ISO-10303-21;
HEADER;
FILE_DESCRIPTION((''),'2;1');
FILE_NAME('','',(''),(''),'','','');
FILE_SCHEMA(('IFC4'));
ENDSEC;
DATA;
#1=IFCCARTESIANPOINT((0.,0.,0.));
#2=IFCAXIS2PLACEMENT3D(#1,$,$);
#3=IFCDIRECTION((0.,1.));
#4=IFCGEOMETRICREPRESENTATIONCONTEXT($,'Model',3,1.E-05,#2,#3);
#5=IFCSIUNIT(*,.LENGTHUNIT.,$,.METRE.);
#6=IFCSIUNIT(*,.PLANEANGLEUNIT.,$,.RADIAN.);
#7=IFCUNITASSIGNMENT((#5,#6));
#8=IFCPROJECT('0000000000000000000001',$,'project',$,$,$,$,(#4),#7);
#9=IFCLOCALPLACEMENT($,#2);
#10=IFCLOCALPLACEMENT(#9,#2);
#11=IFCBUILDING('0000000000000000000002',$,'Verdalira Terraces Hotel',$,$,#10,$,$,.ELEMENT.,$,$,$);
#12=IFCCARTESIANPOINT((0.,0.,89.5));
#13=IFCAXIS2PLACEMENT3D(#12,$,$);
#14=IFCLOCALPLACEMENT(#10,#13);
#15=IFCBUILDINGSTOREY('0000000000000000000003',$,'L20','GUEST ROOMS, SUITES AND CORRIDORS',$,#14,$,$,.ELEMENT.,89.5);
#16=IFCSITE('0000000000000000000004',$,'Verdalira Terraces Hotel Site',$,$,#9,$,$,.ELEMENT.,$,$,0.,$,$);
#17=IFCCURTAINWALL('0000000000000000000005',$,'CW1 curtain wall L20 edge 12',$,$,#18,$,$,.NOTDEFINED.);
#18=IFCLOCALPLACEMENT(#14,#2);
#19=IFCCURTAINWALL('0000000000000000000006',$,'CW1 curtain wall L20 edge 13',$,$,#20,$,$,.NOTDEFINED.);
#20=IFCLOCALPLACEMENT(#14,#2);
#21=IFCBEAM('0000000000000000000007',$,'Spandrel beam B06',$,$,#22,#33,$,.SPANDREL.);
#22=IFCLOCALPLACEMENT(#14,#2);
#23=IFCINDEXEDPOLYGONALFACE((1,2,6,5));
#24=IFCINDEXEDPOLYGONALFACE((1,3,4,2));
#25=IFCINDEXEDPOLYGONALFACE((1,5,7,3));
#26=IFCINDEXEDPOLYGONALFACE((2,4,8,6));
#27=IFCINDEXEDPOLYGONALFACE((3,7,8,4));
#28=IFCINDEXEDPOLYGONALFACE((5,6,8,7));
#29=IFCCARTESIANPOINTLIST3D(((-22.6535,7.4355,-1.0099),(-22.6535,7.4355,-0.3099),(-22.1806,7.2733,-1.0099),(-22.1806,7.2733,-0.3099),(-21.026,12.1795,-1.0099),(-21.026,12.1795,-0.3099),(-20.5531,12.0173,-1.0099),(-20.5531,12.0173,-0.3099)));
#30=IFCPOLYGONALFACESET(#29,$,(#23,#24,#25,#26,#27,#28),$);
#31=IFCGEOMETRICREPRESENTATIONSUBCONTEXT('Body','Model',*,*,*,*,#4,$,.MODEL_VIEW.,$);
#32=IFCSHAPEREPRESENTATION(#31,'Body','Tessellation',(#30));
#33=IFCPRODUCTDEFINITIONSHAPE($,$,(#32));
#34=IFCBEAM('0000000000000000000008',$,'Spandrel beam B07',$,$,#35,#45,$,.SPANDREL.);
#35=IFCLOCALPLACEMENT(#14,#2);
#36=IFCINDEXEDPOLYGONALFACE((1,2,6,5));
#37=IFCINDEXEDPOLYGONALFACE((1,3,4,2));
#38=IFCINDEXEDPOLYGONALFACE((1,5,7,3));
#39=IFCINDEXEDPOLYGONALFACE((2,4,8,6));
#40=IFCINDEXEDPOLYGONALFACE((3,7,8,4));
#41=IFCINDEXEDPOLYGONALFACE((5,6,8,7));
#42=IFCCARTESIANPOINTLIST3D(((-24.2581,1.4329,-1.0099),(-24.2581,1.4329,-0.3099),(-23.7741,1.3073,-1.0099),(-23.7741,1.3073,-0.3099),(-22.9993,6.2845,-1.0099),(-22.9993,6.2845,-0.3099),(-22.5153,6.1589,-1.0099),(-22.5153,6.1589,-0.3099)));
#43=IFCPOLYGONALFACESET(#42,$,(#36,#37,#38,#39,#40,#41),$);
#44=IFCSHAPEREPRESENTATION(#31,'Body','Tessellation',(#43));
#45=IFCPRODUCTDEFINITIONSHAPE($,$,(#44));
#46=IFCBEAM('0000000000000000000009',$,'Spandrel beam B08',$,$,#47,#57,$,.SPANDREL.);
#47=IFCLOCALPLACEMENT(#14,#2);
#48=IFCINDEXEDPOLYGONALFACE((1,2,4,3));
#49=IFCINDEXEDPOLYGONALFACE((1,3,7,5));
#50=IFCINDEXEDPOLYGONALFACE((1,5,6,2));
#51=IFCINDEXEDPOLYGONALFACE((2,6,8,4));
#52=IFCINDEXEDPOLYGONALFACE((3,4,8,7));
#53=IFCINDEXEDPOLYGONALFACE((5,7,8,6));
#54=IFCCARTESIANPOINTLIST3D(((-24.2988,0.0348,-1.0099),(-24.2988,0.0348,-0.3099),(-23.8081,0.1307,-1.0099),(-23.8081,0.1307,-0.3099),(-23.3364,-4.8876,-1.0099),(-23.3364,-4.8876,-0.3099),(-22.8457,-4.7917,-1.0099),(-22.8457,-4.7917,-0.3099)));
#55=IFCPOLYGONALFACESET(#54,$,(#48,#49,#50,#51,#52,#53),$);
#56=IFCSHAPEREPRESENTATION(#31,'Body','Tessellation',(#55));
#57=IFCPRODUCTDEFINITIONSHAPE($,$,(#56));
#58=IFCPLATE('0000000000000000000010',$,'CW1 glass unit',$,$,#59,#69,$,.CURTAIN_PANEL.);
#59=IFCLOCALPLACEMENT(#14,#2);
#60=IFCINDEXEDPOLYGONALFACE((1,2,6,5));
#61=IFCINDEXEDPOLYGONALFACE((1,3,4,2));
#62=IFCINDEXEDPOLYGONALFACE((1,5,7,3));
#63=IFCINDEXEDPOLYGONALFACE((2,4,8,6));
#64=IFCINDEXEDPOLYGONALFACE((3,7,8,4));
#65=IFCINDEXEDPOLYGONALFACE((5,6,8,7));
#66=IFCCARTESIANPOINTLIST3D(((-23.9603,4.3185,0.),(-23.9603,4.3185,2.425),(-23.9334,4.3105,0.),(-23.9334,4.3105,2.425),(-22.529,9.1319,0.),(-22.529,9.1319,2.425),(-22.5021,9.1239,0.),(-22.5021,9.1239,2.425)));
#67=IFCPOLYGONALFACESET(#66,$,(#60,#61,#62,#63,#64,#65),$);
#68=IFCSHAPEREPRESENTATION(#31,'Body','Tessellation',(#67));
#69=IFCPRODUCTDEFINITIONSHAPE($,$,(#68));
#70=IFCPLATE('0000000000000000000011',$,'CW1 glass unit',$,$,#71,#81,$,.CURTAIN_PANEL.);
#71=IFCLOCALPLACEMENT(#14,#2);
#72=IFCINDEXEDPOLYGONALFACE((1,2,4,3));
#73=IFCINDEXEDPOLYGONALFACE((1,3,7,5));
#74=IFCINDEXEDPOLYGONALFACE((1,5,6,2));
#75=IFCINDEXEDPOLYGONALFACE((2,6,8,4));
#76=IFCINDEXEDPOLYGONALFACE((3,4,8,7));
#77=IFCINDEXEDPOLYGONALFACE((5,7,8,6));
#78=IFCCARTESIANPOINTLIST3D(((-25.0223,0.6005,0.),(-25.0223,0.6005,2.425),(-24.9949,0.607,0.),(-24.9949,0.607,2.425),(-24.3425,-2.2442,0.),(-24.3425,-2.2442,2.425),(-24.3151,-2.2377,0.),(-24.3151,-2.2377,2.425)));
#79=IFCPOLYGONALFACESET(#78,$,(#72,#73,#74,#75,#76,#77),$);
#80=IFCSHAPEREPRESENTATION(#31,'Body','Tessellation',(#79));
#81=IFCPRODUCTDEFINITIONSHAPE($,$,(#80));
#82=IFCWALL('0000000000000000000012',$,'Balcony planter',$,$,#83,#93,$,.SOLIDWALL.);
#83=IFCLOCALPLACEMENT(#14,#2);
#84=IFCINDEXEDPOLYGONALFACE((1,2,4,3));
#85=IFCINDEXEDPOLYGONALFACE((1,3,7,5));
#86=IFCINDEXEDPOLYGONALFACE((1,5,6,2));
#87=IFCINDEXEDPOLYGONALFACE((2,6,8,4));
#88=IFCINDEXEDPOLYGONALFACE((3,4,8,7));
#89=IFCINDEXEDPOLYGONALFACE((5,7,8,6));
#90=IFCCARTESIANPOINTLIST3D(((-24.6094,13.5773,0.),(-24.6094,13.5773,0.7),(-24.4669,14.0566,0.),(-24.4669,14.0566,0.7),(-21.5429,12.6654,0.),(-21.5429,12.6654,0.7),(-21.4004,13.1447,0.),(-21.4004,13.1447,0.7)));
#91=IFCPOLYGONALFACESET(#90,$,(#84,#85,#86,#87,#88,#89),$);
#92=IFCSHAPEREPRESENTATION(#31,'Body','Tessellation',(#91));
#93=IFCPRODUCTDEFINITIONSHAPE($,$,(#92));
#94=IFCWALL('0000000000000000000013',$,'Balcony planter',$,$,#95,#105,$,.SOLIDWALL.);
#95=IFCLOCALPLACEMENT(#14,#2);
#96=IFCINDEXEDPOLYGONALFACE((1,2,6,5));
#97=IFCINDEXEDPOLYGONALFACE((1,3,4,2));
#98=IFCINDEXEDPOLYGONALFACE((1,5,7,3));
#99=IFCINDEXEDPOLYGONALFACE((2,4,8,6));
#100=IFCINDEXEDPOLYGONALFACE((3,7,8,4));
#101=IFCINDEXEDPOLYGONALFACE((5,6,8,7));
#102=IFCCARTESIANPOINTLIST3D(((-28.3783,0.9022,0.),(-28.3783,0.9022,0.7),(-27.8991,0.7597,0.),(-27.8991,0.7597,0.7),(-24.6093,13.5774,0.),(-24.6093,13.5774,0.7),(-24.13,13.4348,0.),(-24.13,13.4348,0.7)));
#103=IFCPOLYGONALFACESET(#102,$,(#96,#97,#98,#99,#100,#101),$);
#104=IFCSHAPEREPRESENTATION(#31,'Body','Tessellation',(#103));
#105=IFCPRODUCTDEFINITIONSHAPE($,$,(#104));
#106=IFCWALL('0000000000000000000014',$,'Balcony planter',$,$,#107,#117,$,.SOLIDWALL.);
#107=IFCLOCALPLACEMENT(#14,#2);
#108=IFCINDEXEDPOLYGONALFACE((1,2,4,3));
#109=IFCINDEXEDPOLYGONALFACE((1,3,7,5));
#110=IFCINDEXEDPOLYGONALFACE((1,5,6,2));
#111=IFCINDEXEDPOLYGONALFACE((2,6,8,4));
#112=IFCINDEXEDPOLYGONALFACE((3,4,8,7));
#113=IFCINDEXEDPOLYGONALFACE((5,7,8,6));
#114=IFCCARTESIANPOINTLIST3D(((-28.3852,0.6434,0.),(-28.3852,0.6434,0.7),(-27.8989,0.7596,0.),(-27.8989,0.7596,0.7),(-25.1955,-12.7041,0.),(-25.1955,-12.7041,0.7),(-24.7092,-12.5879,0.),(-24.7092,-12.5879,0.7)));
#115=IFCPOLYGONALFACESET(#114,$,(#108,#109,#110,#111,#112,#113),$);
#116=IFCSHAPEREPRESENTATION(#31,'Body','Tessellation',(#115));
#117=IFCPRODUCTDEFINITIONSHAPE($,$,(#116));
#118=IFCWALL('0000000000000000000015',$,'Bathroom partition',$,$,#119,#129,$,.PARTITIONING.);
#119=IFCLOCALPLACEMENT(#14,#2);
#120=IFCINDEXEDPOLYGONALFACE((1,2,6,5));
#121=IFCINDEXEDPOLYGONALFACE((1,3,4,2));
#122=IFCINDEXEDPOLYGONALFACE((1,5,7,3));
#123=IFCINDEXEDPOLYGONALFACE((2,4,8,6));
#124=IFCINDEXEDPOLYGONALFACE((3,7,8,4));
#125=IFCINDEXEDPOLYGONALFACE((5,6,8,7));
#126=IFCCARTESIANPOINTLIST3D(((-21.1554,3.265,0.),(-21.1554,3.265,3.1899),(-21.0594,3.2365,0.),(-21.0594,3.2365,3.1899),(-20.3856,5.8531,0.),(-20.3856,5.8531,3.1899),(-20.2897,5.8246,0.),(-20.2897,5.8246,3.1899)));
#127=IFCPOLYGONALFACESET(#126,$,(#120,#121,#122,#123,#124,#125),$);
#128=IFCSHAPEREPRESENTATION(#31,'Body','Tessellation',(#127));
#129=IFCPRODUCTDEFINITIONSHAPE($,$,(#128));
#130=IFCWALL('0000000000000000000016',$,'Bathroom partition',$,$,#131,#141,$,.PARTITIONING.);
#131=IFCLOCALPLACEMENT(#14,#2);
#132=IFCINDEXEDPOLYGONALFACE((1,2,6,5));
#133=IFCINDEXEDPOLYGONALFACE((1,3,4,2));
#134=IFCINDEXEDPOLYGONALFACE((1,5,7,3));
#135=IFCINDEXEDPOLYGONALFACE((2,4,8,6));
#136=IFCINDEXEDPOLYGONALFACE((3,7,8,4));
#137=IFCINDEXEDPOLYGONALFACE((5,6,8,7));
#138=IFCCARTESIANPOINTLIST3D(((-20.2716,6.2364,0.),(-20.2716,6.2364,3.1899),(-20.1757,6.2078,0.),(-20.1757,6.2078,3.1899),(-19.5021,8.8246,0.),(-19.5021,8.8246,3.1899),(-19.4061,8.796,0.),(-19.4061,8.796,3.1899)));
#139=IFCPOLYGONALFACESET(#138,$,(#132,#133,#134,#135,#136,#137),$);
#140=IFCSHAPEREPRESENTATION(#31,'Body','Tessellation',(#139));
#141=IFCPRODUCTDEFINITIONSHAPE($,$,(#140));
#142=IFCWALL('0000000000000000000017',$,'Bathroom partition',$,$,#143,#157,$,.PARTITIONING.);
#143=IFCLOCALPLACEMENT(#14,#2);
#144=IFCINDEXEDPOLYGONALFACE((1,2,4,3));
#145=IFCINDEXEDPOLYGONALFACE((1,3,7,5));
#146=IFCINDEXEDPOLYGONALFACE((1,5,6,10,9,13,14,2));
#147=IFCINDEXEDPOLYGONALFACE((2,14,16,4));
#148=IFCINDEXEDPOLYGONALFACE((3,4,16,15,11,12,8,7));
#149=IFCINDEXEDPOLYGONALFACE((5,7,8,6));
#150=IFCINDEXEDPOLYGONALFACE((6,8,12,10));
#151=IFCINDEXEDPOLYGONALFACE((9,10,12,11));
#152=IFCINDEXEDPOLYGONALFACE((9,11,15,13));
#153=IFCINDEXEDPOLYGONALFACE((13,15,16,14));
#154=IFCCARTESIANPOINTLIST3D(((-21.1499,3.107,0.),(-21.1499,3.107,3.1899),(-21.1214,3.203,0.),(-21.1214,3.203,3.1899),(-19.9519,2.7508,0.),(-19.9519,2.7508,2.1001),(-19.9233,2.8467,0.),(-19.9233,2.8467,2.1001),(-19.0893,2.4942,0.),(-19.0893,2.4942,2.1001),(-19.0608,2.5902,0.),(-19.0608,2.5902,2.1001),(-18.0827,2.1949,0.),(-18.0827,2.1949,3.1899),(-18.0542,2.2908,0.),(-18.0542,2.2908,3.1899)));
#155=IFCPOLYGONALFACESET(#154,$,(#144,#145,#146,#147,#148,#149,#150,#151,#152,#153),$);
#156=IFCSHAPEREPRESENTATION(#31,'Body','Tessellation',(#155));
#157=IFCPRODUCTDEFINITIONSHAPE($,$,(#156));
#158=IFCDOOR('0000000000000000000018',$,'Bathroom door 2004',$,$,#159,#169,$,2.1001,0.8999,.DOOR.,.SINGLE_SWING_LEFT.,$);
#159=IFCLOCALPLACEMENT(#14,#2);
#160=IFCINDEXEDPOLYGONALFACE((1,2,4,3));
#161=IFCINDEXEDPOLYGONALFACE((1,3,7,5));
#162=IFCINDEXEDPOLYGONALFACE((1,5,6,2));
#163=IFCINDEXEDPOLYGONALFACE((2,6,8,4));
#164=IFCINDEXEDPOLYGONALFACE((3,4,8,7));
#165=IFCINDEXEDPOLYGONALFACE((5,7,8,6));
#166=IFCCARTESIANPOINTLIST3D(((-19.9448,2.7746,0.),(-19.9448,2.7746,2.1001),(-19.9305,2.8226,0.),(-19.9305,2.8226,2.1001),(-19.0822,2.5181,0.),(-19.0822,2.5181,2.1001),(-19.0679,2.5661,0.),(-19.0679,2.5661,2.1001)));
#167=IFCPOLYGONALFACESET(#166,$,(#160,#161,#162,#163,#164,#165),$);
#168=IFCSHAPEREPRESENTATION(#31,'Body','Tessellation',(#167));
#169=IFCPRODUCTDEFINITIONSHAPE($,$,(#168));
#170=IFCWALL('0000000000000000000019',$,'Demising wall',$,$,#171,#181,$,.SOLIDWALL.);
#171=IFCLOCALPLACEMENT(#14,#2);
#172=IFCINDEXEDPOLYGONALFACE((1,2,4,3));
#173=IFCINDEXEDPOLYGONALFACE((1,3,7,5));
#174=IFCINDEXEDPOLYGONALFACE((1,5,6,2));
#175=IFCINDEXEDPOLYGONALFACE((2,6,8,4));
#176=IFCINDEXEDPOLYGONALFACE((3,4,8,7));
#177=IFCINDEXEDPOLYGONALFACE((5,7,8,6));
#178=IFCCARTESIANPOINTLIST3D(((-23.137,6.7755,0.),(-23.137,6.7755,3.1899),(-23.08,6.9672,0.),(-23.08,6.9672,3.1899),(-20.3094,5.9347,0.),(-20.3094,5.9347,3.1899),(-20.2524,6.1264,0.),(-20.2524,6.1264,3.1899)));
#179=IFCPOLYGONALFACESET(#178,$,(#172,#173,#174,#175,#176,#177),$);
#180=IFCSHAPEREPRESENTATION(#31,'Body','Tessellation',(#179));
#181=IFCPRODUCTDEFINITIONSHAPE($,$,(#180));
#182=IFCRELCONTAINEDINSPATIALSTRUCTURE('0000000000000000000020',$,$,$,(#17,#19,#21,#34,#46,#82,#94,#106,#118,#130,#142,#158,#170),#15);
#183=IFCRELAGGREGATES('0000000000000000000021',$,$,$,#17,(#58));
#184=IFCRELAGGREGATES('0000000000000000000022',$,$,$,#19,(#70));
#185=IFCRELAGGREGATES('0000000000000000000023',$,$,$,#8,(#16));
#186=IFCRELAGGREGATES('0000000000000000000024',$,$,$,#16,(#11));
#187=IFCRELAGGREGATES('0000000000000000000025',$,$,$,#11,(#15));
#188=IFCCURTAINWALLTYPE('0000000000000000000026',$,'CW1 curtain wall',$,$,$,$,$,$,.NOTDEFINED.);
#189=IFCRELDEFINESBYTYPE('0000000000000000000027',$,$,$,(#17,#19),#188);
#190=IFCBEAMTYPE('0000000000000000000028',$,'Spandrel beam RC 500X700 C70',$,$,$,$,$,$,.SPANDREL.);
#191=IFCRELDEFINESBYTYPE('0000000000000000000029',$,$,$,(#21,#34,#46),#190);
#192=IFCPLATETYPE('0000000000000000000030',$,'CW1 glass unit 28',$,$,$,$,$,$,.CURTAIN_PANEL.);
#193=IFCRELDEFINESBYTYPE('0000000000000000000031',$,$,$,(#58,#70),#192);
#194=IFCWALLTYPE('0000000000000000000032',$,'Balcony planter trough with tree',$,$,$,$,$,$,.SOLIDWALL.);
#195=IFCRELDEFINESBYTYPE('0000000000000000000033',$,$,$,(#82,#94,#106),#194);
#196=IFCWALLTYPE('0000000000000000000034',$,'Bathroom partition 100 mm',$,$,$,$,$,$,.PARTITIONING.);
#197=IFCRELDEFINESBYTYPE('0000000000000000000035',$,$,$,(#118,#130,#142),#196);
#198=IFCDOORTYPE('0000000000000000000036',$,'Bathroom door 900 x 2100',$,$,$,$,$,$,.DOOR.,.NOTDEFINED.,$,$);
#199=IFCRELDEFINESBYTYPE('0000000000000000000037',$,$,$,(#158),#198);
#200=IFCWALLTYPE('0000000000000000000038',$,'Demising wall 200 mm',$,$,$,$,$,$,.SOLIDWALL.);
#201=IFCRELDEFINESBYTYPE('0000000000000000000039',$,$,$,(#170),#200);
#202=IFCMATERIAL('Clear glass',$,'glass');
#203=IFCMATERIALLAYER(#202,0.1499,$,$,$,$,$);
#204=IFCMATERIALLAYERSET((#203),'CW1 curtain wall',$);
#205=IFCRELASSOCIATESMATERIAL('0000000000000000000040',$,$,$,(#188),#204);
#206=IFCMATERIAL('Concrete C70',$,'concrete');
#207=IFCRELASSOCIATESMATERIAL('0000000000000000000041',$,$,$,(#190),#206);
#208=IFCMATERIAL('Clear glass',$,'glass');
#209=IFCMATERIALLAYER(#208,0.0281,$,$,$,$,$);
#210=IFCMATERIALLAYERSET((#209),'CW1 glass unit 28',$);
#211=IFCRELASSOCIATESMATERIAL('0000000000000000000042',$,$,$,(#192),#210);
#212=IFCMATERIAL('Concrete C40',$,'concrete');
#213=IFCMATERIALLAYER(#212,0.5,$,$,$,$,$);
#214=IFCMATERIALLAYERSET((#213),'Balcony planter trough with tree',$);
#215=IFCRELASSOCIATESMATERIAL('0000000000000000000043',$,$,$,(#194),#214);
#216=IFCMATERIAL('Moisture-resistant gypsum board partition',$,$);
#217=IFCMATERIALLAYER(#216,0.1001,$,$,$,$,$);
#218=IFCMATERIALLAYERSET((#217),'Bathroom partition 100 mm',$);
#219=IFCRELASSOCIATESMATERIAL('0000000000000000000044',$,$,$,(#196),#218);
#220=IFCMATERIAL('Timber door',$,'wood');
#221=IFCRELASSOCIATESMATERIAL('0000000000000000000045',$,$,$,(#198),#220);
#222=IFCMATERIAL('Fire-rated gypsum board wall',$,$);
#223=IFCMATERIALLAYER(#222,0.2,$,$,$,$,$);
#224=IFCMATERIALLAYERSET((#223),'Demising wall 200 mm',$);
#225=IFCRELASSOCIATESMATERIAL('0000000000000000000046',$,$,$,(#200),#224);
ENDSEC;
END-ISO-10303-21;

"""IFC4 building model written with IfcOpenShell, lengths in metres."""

from ifc_helpers import new_model, si_unit, direction, frame, frame_2d, origin, origin_2d, place, context, subcontext, project, spatial, rectangle, extrude, material, layer, layer_set, material_profile, profile_set, type_object, element, fill, aggregate, save


model = new_model("IFC4")

# Units and contexts
model_context = context("Model", 3, precision=1e-05, world=origin(), true_north=direction((0.0, 1.0)))
body_context = subcontext(model_context, "Body", "Model", "MODEL_VIEW")
ifc_project = project(units=[si_unit("LENGTHUNIT", "METRE"), si_unit("PLANEANGLEUNIT", "RADIAN")], contexts=[model_context])

# Site, building, storey
site_placement = place(None, origin())
site = spatial("IfcSite", under=ifc_project, at=site_placement, Name="Verdalira Terraces Hotel Site", CompositionType="ELEMENT", RefElevation=0.0)
building_placement = place(site_placement, origin())
building = spatial("IfcBuilding", under=site, at=building_placement, Name="Verdalira Terraces Hotel", CompositionType="ELEMENT")
storey_placement = place(building_placement, frame((0.0, 0.0, 89.5)))
storey = spatial("IfcBuildingStorey", under=building, at=storey_placement, Name="L20", Description="GUEST ROOMS, SUITES AND CORRIDORS", CompositionType="ELEMENT", Elevation=89.5)

# Shared definitions
ifc_material_1 = material(Name="Clear glass", Category="glass")
ifc_layer_1 = layer(ifc_material_1, 0.1499)
ifc_layer_set_1 = layer_set([ifc_layer_1], Name="CW1 curtain wall")
curtain_wall_type = type_object("IfcCurtainWallType", Name="CW1 curtain wall", PredefinedType="NOTDEFINED", material=ifc_layer_set_1)

# Curtain wall
curtain_wall_1_placement = place(storey_placement, origin())
curtain_wall_1 = element("IfcCurtainWall", 1, at=curtain_wall_1_placement, inside=storey, type_object=curtain_wall_type, Name="CW1 curtain wall L20 edge 12", PredefinedType="NOTDEFINED")

# Curtain wall
curtain_wall_2_placement = place(storey_placement, origin())
curtain_wall_2 = element("IfcCurtainWall", 2, at=curtain_wall_2_placement, inside=storey, type_object=curtain_wall_type, Name="CW1 curtain wall L20 edge 13", PredefinedType="NOTDEFINED")

# Beams
ifc_material_2 = material(Name="Concrete C70", Category="concrete")
ifc_material_profile_1 = material_profile(ifc_material_2, rectangle(XDim=0.5, YDim=0.7, at=origin_2d()), Name="RC 500X700")
ifc_profile_set_1 = profile_set([ifc_material_profile_1], Name="Concrete C70")
beam_type_1 = type_object("IfcBeamType", Name="Spandrel beam RC 500X700 C70", PredefinedType="SPANDREL", material=ifc_profile_set_1)
beam_1_placement = place(storey_placement, frame((-20.7896, 12.0984, -0.6599), z_axis=(-0.324496, -0.945887, 0.0), x_axis=(0.945887, -0.324496, 0.0)))
element("IfcBeam", 3, at=beam_1_placement, inside=storey, type_object=beam_type_1, Name="Spandrel beam B06", PredefinedType="SPANDREL", context=body_context, shape_type="SweptSolid", body=[
    extrude(rectangle(XDim=0.5, YDim=0.7, at=origin_2d()), origin(), (0.0, 0.0, 1.0), 5.0154),
])
beam_2_placement = place(storey_placement, frame((-22.7573, 6.2217, -0.6599), z_axis=(-0.251145, -0.96795, 0.0), x_axis=(0.96795, -0.251145, 0.0)))
element("IfcBeam", 4, at=beam_2_placement, inside=storey, type_object=beam_type_1, Name="Spandrel beam B07", PredefinedType="SPANDREL", context=body_context, shape_type="SweptSolid", body=[
    extrude(rectangle(XDim=0.5, YDim=0.7, at=origin_2d()), origin(), (0.0, 0.0, 1.0), 5.0122),
])
beam_3_placement = place(storey_placement, frame((-24.0535, 0.0828, -0.6599), z_axis=(0.191883, -0.981418, 0.0), x_axis=(0.981418, 0.191883, 0.0)))
element("IfcBeam", 5, at=beam_3_placement, inside=storey, type_object=beam_type_1, Name="Spandrel beam B08", PredefinedType="SPANDREL", context=body_context, shape_type="SweptSolid", body=[
    extrude(rectangle(XDim=0.5, YDim=0.7, at=origin_2d()), origin(), (0.0, 0.0, 1.0), 5.0156),
])

# Plates
ifc_material_3 = material(Name="Clear glass", Category="glass")
ifc_layer_2 = layer(ifc_material_3, 0.0281)
ifc_layer_set_2 = layer_set([ifc_layer_2], Name="CW1 glass unit 28")
plate_type = type_object("IfcPlateType", Name="CW1 glass unit 28", PredefinedType="CURTAIN_PANEL", material=ifc_layer_set_2)
plate_1_placement = place(storey_placement, frame((-23.2312, 6.7212, 0.0), z_axis=(0.0, 0.0, 1.0), x_axis=(-0.285019, -0.958522, 0.0)))
plate_1 = element("IfcPlate", 6, at=plate_1_placement, type_object=plate_type, Name="CW1 glass unit", PredefinedType="CURTAIN_PANEL", context=body_context, shape_type="SweptSolid", body=[
    extrude(rectangle(XDim=5.0217, YDim=0.0281, at=origin_2d()), origin(), (0.0, 0.0, 1.0), 2.425),
])
aggregate(curtain_wall_1, [plate_1])
plate_2_placement = place(storey_placement, frame((-24.6687, -0.8186, 0.0), z_axis=(0.0, 0.0, 1.0), x_axis=(0.232427, -0.972614, 0.0)))
plate_2 = element("IfcPlate", 7, at=plate_2_placement, type_object=plate_type, Name="CW1 glass unit", PredefinedType="CURTAIN_PANEL", context=body_context, shape_type="SweptSolid", body=[
    extrude(rectangle(XDim=2.9248, YDim=0.0281, at=origin_2d()), origin(), (0.0, 0.0, 1.0), 2.425),
])
aggregate(curtain_wall_2, [plate_2])

# Walls
ifc_material_4 = material(Name="Concrete C40", Category="concrete")
ifc_layer_3 = layer(ifc_material_4, 0.5)
ifc_layer_set_3 = layer_set([ifc_layer_3], Name="Balcony planter trough with tree")
wall_type_1 = type_object("IfcWallType", Name="Balcony planter trough with tree", PredefinedType="SOLIDWALL", material=ifc_layer_set_3)
wall_1_placement = place(storey_placement, frame((-21.4717, 12.905, 0.0), z_axis=(0.0, 0.0, 1.0), x_axis=(-0.958517, 0.285037, 0.0)))
element("IfcWall", 8, at=wall_1_placement, inside=storey, type_object=wall_type_1, Name="Balcony planter", PredefinedType="SOLIDWALL", context=body_context, shape_type="SweptSolid", body=[
    extrude(rectangle(XDim=3.1992, YDim=0.5, at=frame_2d((1.5996, 0.0))), origin(), (0.0, 0.0, 1.0), 0.7),
])
wall_2_placement = place(storey_placement, frame((-24.3696, 13.5061, 0.0), z_axis=(0.0, 0.0, 1.0), x_axis=(-0.285025, -0.95852, 0.0)))
element("IfcWall", 9, at=wall_2_placement, inside=storey, type_object=wall_type_1, Name="Balcony planter", PredefinedType="SOLIDWALL", context=body_context, shape_type="SweptSolid", body=[
    extrude(rectangle(XDim=13.2236, YDim=0.5, at=frame_2d((6.6118, 0.0))), origin(), (0.0, 0.0, 1.0), 0.7),
])
wall_3_placement = place(storey_placement, frame((-28.1421, 0.7017, 0.0), z_axis=(0.0, 0.0, 1.0), x_axis=(0.232426, -0.972614, 0.0)))
element("IfcWall", 10, at=wall_3_placement, inside=storey, type_object=wall_type_1, Name="Balcony planter", PredefinedType="SOLIDWALL", context=body_context, shape_type="SweptSolid", body=[
    extrude(rectangle(XDim=13.7234, YDim=0.5, at=frame_2d((6.8618, 0.0))), origin(), (0.0, 0.0, 1.0), 0.7),
])
ifc_material_5 = material(Name="Moisture-resistant gypsum board partition")
ifc_layer_4 = layer(ifc_material_5, 0.1001)
ifc_layer_set_4 = layer_set([ifc_layer_4], Name="Bathroom partition 100 mm")
wall_type_2 = type_object("IfcWallType", Name="Bathroom partition 100 mm", PredefinedType="PARTITIONING", material=ifc_layer_set_4)
for number, where, z_axis, x_axis, name in (
    (11, (-21.1074, 3.2507, 0.0), (0.0, 0.0, 1.0), (0.285083, 0.958503, 0.0), "Bathroom partition"),
    (12, (-19.4541, 8.8103, 0.0), (0.0, 0.0, 1.0), (-0.284999, -0.958528, 0.0), "Bathroom partition"),
):
    element("IfcWall", number, at=place(storey_placement, frame(where, z_axis=z_axis, x_axis=x_axis)), inside=storey, type_object=wall_type_2, Name=name, PredefinedType="PARTITIONING", context=body_context, shape_type="SweptSolid", body=[
        extrude(rectangle(XDim=2.7002, YDim=0.1001, at=frame_2d((1.3501, 0.0))), origin(), (0.0, 0.0, 1.0), 3.1899),
    ])

# Wall, opening, door
wall_4_placement = place(storey_placement, frame((-21.1357, 3.155, 0.0), z_axis=(0.0, 0.0, 1.0), x_axis=(0.958514, -0.285044, 0.0)))
wall_4 = element("IfcWall", 13, at=wall_4_placement, inside=storey, type_object=wall_type_2, Name="Bathroom partition", PredefinedType="PARTITIONING", context=body_context, shape_type="SweptSolid", body=[
    extrude(rectangle(XDim=3.2, YDim=0.1001, at=frame_2d((1.6001, 0.0))), origin(), (0.0, 0.0, 1.0), 3.1899),
])
opening_1_placement = place(wall_4_placement, frame((1.25, 0.0, 0.0)))
opening_1 = element("IfcOpeningElement", 14, at=opening_1_placement, cuts=wall_4, PredefinedType="OPENING", context=body_context, shape_type="SweptSolid", body=[
    extrude(rectangle(XDim=0.8999, YDim=2.1001, at=frame_2d((0.45, 1.05))), frame((0.0, 0.0601, 0.0), z_axis=(0.0, -1.0, 0.0), x_axis=(1.0, 0.0, 0.0)), (0.0, 0.0, 1.0), 0.1201),
])
ifc_material_6 = material(Name="Timber door", Category="wood")
door_type_1 = type_object("IfcDoorType", Name="Bathroom door 900 x 2100", OperationType="NOTDEFINED", PredefinedType="DOOR", material=ifc_material_6)
door_1_placement = place(opening_1_placement, origin())
door_1 = element("IfcDoor", 15, at=door_1_placement, inside=storey, type_object=door_type_1, Name="Bathroom door 2004", OperationType="SINGLE_SWING_LEFT", OverallHeight=2.1001, OverallWidth=0.8999, PredefinedType="DOOR", context=body_context, shape_type="SweptSolid", body=[
    extrude(rectangle(XDim=0.8999, YDim=2.1001, at=frame_2d((0.45, 1.05))), frame((0.0, 0.0249, 0.0), z_axis=(0.0, -1.0, 0.0), x_axis=(1.0, 0.0, 0.0)), (0.0, 0.0, 1.0), 0.05),
])
fill(opening_1, door_1)

# Wall
ifc_material_7 = material(Name="Fire-rated gypsum board wall")
ifc_layer_5 = layer(ifc_material_7, 0.2)
ifc_layer_set_5 = layer_set([ifc_layer_5], Name="Demising wall 200 mm")
wall_type_3 = type_object("IfcWallType", Name="Demising wall 200 mm", PredefinedType="SOLIDWALL", material=ifc_layer_set_5)
wall_5_placement = place(storey_placement, frame((-20.2808, 6.0305, 0.0), z_axis=(0.0, 0.0, 1.0), x_axis=(-0.95852, 0.285024, 0.0)))
element("IfcWall", 16, at=wall_5_placement, inside=storey, type_object=wall_type_3, Name="Demising wall", PredefinedType="SOLIDWALL", context=body_context, shape_type="SweptSolid", body=[
    extrude(rectangle(XDim=2.95, YDim=0.2, at=frame_2d((1.4751, 0.0))), origin(), (0.0, 0.0, 1.0), 3.1899),
])

save(model, "model.ifc")
